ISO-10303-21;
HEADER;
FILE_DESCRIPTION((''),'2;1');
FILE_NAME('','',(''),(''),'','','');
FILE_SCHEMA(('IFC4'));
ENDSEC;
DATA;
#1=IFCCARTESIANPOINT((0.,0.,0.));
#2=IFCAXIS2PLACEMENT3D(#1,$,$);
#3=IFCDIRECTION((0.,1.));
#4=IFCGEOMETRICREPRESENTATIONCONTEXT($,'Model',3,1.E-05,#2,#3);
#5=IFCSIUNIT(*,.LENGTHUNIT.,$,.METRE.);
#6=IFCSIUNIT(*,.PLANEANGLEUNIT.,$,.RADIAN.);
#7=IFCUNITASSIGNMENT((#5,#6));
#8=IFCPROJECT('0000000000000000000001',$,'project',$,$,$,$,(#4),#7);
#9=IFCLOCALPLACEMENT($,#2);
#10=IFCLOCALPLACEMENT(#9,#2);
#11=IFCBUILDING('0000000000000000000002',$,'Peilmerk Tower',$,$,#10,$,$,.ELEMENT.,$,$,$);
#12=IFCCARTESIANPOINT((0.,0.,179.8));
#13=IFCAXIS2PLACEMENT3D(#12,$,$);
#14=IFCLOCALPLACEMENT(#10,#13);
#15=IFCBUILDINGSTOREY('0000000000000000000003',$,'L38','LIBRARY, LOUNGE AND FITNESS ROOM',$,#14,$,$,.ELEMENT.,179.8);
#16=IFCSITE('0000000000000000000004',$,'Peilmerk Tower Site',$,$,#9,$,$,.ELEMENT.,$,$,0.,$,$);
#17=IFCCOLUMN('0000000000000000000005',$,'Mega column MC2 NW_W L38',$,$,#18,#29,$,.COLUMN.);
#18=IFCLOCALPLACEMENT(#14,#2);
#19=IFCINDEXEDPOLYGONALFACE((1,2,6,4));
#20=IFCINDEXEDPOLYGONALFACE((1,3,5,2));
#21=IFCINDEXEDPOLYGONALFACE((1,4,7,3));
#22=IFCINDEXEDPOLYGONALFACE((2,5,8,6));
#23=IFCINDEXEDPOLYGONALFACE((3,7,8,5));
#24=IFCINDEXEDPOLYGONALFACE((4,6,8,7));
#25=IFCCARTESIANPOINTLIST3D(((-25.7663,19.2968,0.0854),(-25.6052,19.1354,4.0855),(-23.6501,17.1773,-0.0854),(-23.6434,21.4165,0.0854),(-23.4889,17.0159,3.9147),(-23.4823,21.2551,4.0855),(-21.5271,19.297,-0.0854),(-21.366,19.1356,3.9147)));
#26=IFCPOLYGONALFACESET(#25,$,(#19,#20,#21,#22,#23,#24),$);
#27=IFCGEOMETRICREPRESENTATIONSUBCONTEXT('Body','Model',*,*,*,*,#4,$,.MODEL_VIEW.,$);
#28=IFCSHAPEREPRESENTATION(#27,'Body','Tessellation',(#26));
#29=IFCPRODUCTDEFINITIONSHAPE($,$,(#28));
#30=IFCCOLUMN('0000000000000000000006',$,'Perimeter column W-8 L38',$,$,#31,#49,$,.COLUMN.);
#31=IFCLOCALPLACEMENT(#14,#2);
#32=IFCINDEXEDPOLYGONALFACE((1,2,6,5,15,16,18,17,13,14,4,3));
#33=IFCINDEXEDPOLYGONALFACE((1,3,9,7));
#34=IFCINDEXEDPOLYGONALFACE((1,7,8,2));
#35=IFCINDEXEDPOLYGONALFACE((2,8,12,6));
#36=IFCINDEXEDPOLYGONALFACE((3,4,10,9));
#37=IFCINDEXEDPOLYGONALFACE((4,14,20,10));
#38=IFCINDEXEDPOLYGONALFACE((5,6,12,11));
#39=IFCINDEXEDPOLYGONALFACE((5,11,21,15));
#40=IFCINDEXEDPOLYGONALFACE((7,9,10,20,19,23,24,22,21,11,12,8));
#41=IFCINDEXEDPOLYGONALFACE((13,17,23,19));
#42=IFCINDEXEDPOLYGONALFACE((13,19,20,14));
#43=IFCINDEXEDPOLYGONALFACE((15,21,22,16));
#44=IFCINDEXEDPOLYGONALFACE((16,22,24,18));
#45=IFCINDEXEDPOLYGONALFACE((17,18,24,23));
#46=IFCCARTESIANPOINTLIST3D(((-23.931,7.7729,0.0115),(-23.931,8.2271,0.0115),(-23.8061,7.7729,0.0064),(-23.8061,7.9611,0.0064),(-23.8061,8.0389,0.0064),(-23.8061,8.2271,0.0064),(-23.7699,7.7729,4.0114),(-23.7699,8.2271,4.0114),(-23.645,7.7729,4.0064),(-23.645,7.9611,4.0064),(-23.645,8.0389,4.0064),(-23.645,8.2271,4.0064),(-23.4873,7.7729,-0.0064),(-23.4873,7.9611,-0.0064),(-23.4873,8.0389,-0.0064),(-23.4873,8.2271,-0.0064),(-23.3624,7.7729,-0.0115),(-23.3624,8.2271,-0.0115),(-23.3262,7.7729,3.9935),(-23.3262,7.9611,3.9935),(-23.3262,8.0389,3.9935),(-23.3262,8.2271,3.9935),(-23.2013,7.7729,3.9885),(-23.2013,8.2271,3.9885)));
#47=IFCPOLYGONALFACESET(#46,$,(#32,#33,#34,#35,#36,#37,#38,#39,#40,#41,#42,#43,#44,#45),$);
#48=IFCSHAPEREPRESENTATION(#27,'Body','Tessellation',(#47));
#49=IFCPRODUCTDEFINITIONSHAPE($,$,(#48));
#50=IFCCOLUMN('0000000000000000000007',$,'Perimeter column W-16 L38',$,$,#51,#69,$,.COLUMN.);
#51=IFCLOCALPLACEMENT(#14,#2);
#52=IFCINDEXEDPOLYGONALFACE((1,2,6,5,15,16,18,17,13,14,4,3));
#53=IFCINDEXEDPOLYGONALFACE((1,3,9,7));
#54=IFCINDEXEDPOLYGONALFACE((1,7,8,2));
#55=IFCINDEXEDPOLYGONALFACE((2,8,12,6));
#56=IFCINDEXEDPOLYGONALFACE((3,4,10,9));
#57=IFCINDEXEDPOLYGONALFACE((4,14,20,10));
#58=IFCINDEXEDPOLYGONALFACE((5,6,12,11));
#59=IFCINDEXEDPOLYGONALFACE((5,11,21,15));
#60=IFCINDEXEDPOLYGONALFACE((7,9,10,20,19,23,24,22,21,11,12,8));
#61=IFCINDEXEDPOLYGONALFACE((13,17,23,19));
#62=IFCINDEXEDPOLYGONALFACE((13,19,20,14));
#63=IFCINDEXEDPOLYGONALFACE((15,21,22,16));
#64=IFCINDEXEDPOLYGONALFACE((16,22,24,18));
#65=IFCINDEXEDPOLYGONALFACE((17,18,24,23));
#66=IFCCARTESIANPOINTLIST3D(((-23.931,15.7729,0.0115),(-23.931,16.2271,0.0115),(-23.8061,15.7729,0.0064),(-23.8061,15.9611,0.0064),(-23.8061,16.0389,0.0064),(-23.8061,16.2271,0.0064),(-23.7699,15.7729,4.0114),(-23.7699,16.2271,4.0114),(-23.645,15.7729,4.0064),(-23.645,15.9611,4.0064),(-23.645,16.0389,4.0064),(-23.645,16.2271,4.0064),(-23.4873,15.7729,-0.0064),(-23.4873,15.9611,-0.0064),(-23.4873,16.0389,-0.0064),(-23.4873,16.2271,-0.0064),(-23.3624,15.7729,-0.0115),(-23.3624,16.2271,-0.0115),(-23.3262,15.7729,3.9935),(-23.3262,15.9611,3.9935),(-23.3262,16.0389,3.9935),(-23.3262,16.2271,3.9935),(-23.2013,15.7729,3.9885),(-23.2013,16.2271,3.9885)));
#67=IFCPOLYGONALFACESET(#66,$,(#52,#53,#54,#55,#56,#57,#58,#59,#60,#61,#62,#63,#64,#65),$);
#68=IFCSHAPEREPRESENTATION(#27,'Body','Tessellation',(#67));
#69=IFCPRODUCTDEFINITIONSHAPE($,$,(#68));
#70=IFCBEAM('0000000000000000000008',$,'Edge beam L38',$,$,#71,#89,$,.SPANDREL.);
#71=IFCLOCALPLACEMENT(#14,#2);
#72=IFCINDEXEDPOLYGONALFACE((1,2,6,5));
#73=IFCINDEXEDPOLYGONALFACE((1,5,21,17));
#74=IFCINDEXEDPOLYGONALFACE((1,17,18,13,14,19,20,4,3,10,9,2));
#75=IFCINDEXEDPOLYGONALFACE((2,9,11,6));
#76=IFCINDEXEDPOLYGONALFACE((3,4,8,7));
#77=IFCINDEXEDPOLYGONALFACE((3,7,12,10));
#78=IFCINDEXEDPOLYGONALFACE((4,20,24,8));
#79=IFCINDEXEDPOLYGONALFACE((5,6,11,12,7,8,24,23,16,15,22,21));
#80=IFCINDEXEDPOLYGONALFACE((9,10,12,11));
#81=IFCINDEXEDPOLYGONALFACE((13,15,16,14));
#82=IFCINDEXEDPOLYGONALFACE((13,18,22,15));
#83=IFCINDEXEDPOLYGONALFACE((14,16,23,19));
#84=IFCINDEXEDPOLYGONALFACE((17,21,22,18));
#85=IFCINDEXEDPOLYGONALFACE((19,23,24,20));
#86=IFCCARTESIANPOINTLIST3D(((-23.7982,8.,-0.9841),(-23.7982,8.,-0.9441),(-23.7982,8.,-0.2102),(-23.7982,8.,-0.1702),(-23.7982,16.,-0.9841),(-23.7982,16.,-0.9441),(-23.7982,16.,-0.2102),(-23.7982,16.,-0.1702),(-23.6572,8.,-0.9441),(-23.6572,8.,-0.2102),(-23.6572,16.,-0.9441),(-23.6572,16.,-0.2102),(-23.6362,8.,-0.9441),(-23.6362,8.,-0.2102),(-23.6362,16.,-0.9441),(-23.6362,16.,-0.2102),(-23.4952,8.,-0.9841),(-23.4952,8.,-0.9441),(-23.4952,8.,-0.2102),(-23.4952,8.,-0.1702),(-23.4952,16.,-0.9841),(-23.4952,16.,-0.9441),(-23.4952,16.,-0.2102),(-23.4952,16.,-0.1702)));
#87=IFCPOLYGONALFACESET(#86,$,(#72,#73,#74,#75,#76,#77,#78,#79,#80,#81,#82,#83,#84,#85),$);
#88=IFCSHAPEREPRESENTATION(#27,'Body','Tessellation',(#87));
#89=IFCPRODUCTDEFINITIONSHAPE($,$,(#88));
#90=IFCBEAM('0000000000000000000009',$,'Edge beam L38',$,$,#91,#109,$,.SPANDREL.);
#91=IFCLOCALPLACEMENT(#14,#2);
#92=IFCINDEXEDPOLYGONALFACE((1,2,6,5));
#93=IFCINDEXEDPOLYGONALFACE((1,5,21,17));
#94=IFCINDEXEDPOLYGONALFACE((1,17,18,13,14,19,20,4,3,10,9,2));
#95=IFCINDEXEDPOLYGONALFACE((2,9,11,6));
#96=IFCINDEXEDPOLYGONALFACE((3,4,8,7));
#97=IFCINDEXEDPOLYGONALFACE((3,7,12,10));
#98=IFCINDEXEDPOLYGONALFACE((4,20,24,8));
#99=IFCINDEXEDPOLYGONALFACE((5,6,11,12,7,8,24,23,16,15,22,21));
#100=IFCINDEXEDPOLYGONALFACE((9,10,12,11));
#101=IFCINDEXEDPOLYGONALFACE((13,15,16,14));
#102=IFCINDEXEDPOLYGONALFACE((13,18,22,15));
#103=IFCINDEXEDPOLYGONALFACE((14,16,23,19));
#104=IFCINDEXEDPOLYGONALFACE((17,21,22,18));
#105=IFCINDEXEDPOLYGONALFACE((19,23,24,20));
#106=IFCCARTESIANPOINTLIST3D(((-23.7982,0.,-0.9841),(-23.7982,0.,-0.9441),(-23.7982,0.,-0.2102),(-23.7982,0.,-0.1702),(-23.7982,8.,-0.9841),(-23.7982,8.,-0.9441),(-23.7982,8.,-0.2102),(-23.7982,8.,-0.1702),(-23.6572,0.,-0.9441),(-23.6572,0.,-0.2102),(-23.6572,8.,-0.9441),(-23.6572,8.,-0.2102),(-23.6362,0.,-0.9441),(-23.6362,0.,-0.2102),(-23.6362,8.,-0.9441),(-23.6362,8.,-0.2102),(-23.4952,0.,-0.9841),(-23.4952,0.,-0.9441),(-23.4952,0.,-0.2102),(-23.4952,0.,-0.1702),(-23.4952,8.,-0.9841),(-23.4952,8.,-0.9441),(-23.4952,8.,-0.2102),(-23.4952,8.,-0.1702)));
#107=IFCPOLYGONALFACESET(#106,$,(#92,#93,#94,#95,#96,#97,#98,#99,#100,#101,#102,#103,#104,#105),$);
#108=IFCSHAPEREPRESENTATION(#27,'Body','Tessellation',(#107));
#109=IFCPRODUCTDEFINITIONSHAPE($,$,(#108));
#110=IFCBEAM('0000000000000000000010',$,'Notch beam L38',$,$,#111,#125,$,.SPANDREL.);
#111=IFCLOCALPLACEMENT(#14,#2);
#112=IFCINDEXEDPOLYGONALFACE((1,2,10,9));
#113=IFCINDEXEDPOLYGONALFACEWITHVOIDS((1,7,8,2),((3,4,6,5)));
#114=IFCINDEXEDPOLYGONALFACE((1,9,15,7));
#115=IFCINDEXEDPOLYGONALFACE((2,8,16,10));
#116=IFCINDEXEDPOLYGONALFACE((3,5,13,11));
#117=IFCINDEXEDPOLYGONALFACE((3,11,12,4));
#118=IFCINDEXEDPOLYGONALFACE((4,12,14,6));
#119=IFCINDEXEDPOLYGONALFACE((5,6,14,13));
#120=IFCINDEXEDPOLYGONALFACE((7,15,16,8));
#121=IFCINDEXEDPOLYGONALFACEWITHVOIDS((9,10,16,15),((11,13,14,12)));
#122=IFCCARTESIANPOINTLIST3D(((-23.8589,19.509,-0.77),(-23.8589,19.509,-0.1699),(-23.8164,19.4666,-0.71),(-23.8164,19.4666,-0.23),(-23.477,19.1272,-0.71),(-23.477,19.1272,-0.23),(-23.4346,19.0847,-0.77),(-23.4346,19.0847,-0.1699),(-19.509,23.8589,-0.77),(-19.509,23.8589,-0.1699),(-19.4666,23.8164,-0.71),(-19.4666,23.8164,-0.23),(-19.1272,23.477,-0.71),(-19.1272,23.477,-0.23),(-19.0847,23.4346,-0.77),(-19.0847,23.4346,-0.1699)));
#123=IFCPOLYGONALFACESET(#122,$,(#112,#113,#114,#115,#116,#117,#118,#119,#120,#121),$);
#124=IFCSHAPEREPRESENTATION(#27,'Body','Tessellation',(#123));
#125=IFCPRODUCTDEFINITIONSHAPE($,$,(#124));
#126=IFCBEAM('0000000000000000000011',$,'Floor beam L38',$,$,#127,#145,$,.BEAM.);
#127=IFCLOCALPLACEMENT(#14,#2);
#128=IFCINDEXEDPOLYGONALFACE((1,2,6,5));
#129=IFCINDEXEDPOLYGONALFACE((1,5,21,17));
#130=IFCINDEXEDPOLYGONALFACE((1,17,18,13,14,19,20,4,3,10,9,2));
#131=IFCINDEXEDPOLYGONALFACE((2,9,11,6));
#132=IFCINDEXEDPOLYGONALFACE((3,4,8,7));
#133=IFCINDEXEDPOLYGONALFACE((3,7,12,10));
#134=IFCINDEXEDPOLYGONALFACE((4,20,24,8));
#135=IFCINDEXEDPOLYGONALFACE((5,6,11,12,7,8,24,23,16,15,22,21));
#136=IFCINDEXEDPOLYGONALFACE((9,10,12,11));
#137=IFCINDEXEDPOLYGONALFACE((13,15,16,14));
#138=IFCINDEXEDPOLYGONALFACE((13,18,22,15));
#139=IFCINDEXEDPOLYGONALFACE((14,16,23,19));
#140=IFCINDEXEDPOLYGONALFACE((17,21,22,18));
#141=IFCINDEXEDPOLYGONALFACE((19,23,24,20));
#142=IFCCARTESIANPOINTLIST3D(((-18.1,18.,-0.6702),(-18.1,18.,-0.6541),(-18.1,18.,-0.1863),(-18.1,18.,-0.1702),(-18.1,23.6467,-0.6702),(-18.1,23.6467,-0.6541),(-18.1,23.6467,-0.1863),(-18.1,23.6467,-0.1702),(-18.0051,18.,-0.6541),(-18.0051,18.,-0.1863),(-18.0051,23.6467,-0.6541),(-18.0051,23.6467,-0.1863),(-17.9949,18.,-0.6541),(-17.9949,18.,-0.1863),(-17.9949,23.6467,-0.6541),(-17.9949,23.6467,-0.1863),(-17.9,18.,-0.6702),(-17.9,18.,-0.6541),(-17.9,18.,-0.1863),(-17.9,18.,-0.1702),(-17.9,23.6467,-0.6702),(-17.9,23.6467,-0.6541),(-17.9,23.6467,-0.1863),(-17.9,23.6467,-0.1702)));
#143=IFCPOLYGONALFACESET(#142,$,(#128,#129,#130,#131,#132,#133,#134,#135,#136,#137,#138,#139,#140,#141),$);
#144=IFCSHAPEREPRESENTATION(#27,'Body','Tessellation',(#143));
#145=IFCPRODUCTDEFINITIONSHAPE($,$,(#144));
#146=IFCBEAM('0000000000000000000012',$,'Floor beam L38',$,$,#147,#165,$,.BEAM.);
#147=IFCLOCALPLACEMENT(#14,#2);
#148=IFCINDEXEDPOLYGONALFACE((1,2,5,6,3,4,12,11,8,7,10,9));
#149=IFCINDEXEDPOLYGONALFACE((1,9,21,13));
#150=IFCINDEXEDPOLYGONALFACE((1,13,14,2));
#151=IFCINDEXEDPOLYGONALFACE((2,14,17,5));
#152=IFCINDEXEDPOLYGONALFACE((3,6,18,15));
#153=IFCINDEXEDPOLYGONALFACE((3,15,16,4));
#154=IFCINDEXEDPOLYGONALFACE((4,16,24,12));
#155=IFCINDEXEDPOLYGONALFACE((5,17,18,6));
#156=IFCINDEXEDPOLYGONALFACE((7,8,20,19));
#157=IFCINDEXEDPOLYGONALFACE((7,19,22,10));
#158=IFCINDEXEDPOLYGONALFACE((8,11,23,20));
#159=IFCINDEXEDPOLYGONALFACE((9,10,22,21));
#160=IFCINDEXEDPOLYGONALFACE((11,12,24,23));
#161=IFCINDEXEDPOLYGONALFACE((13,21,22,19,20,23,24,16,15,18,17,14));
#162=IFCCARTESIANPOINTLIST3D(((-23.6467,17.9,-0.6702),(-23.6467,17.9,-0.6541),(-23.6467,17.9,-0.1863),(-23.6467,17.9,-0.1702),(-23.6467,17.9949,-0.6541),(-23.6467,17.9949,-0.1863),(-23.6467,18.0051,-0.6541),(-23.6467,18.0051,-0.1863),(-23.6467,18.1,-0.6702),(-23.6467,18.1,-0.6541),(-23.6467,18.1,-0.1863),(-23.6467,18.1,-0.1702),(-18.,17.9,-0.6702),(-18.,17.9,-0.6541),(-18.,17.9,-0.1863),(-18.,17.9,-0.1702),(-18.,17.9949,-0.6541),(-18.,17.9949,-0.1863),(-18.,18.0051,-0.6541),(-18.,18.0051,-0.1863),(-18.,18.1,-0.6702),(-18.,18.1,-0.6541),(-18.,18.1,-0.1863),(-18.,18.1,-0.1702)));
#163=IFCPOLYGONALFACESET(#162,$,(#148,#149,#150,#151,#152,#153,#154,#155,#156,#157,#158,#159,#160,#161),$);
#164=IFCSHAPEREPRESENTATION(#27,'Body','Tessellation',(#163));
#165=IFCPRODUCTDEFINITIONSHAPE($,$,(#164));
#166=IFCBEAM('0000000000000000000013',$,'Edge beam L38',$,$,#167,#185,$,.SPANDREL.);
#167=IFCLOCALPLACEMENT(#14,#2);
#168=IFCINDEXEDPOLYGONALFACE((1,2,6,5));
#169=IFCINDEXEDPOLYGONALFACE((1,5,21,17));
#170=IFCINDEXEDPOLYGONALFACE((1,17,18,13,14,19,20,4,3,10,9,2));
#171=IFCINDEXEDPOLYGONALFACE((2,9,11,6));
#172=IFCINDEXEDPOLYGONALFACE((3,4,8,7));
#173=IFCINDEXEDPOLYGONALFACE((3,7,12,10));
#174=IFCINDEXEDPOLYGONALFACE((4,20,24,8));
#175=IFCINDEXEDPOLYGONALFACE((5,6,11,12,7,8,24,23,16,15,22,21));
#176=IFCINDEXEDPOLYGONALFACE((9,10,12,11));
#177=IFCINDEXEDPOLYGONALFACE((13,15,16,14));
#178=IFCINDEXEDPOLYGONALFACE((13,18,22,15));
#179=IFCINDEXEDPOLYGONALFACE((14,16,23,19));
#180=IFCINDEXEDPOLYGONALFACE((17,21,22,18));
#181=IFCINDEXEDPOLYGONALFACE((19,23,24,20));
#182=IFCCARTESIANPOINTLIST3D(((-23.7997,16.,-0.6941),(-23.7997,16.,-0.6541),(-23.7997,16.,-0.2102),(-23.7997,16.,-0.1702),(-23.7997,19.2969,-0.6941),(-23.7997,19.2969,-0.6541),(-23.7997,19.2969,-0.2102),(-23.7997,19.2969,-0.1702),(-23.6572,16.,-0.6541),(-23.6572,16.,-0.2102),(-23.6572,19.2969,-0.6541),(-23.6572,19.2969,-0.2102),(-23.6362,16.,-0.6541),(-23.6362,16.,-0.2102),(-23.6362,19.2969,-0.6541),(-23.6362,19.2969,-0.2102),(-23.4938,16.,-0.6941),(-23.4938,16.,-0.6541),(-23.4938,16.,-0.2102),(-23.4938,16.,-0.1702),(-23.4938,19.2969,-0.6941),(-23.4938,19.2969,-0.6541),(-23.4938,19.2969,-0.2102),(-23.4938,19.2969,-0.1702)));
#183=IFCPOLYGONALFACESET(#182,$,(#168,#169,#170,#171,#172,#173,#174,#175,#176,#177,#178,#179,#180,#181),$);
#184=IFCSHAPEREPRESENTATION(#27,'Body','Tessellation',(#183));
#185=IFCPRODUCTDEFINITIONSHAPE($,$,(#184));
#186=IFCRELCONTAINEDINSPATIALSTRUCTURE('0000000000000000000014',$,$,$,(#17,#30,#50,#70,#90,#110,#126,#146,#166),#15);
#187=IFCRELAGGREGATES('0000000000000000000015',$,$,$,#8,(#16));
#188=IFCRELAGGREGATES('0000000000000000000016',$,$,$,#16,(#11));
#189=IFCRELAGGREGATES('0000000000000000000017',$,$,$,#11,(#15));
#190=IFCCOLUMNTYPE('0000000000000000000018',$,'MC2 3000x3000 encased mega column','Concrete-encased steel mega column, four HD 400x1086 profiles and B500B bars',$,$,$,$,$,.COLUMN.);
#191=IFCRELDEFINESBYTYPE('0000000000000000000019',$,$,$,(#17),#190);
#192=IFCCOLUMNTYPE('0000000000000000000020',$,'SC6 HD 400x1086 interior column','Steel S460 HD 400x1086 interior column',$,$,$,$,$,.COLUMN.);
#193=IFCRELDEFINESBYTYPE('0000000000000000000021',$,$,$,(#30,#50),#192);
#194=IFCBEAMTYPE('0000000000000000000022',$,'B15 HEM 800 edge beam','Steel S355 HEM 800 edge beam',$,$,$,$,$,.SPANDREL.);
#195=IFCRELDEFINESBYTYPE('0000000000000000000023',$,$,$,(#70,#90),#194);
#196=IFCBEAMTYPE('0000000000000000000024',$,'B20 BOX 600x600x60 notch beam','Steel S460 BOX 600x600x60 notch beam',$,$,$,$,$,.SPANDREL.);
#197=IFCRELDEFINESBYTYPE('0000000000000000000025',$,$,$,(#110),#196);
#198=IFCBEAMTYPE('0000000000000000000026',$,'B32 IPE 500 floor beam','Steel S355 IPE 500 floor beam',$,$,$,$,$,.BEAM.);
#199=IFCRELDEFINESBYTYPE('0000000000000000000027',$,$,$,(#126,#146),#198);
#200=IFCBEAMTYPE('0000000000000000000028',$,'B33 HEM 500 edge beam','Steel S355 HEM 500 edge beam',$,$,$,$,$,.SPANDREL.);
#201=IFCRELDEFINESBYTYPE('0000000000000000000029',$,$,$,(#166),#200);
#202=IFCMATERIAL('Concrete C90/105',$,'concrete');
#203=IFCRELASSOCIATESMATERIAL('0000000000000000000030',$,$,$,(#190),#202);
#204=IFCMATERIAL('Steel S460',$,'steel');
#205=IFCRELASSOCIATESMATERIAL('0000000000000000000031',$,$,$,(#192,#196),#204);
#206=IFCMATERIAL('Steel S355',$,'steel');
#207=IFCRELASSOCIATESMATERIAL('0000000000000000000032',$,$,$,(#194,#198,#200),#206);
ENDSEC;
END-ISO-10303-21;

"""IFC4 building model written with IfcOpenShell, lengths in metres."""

from ifc_helpers import new_model, si_unit, direction, frame, origin, origin_2d, place, context, subcontext, project, spatial, rectangle, hollow_rectangle, i_section, extrude, material, material_profile, profile_set, type_object, element, save


model = new_model("IFC4")

# Units and contexts
model_context = context("Model", 3, precision=1e-05, world=origin(), true_north=direction((0.0, 1.0)))
body_context = subcontext(model_context, "Body", "Model", "MODEL_VIEW")
ifc_project = project(units=[si_unit("LENGTHUNIT", "METRE"), si_unit("PLANEANGLEUNIT", "RADIAN")], contexts=[model_context])

# Site, building, storey
site_placement = place(None, origin())
site = spatial("IfcSite", under=ifc_project, at=site_placement, Name="Peilmerk Tower Site", CompositionType="ELEMENT", RefElevation=0.0)
building_placement = place(site_placement, origin())
building = spatial("IfcBuilding", under=site, at=building_placement, Name="Peilmerk Tower", CompositionType="ELEMENT")
storey_placement = place(building_placement, frame((0.0, 0.0, 179.8)))
storey = spatial("IfcBuildingStorey", under=building, at=storey_placement, Name="L38", Description="LIBRARY, LOUNGE AND FITNESS ROOM", CompositionType="ELEMENT", Elevation=179.8)

# Columns
ifc_material_1 = material(Name="Concrete C90/105", Category="concrete")
ifc_material_profile_1 = material_profile(ifc_material_1, rectangle(XDim=3.0, YDim=3.0, at=origin_2d()), Name="RC 3000x3000")
ifc_profile_set_1 = profile_set([ifc_material_profile_1], Name="Concrete C90/105")
column_type_1 = type_object("IfcColumnType", Name="MC2 3000x3000 encased mega column", Description="Concrete-encased steel mega column, four HD 400x1086 profiles and B500B bars", PredefinedType="COLUMN", material=ifc_profile_set_1)
column_placement = place(storey_placement, frame((-23.6467, 19.2969, 0.0), z_axis=(0.040218, -0.040279, 0.998379), x_axis=(0.707642, 0.706571, 0.0)))
element("IfcColumn", 1, at=column_placement, inside=storey, type_object=column_type_1, Name="Mega column MC2 NW_W L38", PredefinedType="COLUMN", context=body_context, shape_type="SweptSolid", body=[
    extrude(rectangle(XDim=3.0, YDim=3.0, at=origin_2d()), origin(), (0.0, 0.0, 1.0), 4.0066),
])
ifc_material_2 = material(Name="Steel S460", Category="steel")
ifc_material_profile_2 = material_profile(ifc_material_2, i_section(OverallWidth=0.4541, OverallDepth=0.5691, WebThickness=0.0779, FlangeThickness=0.125, at=origin_2d()), Name="HD 400x1086")
ifc_profile_set_2 = profile_set([ifc_material_profile_2], Name="Steel S460")
column_type_2 = type_object("IfcColumnType", Name="SC6 HD 400x1086 interior column", Description="Steel S460 HD 400x1086 interior column", PredefinedType="COLUMN", material=ifc_profile_set_2)
for number, where, z_axis, x_axis, name in (
    (2, (-23.6467, 8.0, 0.0), (0.040251, 0.0, 0.99919), (0.0, 1.0, 0.0), "Perimeter column W-8 L38"),
    (3, (-23.6467, 16.0, 0.0), (0.040251, 0.0, 0.99919), (0.0, 1.0, 0.0), "Perimeter column W-16 L38"),
):
    element("IfcColumn", number, at=place(storey_placement, frame(where, z_axis=z_axis, x_axis=x_axis)), inside=storey, type_object=column_type_2, Name=name, PredefinedType="COLUMN", context=body_context, shape_type="SweptSolid", body=[
        extrude(i_section(OverallWidth=0.4541, OverallDepth=0.5691, WebThickness=0.0779, FlangeThickness=0.125, at=origin_2d()), origin(), (0.0, 0.0, 1.0), 4.0032),
    ])

# Beams
ifc_material_3 = material(Name="Steel S355", Category="steel")
ifc_material_profile_3 = material_profile(ifc_material_3, i_section(OverallWidth=0.303, OverallDepth=0.814, WebThickness=0.021, FlangeThickness=0.04, at=origin_2d()), Name="HEM 800")
ifc_profile_set_3 = profile_set([ifc_material_profile_3], Name="Steel S355")
beam_type_1 = type_object("IfcBeamType", Name="B15 HEM 800 edge beam", Description="Steel S355 HEM 800 edge beam", PredefinedType="SPANDREL", material=ifc_profile_set_3)
for number, where, z_axis, x_axis, name in (
    (4, (-23.6467, 16.0, -0.5771), (0.0, -1.0, 0.0), (1.0, 0.0, 0.0), "Edge beam L38"),
    (5, (-23.6467, 8.0, -0.5771), (0.0, -1.0, 0.0), (1.0, 0.0, 0.0), "Edge beam L38"),
):
    element("IfcBeam", number, at=place(storey_placement, frame(where, z_axis=z_axis, x_axis=x_axis)), inside=storey, type_object=beam_type_1, Name=name, PredefinedType="SPANDREL", context=body_context, shape_type="SweptSolid", body=[
        extrude(i_section(OverallWidth=0.303, OverallDepth=0.814, WebThickness=0.021, FlangeThickness=0.04, at=origin_2d()), origin(), (0.0, 0.0, 1.0), 8.0),
    ])
ifc_material_profile_4 = material_profile(ifc_material_2, hollow_rectangle(XDim=0.6001, YDim=0.6001, WallThickness=0.0601, at=origin_2d()), Name="BOX 600x600x60")
ifc_profile_set_4 = profile_set([ifc_material_profile_4], Name="Steel S460")
beam_type_2 = type_object("IfcBeamType", Name="B20 BOX 600x600x60 notch beam", Description="Steel S460 BOX 600x600x60 notch beam", PredefinedType="SPANDREL", material=ifc_profile_set_4)
beam_1_placement = place(storey_placement, frame((-23.6467, 19.2969, -0.47), z_axis=(0.707107, 0.707107, 0.0), x_axis=(-0.707107, 0.707107, 0.0)))
element("IfcBeam", 6, at=beam_1_placement, inside=storey, type_object=beam_type_2, Name="Notch beam L38", PredefinedType="SPANDREL", context=body_context, shape_type="SweptSolid", body=[
    extrude(hollow_rectangle(XDim=0.6001, YDim=0.6001, WallThickness=0.0601, at=origin_2d()), origin(), (0.0, 0.0, 1.0), 6.1516),
])
ifc_material_profile_5 = material_profile(ifc_material_3, i_section(OverallWidth=0.2, OverallDepth=0.5, WebThickness=0.0103, FlangeThickness=0.0161, at=origin_2d()), Name="IPE 500")
ifc_profile_set_5 = profile_set([ifc_material_profile_5], Name="Steel S355")
beam_type_3 = type_object("IfcBeamType", Name="B32 IPE 500 floor beam", Description="Steel S355 IPE 500 floor beam", PredefinedType="BEAM", material=ifc_profile_set_5)
for number, where, z_axis, x_axis, name in (
    (7, (-18.0, 18.0, -0.4202), (0.0, 1.0, 0.0), (-1.0, 0.0, 0.0), "Floor beam L38"),
    (8, (-18.0, 18.0, -0.4202), (-1.0, 0.0, 0.0), (0.0, -1.0, 0.0), "Floor beam L38"),
):
    element("IfcBeam", number, at=place(storey_placement, frame(where, z_axis=z_axis, x_axis=x_axis)), inside=storey, type_object=beam_type_3, Name=name, PredefinedType="BEAM", context=body_context, shape_type="SweptSolid", body=[
        extrude(i_section(OverallWidth=0.2, OverallDepth=0.5, WebThickness=0.0103, FlangeThickness=0.0161, at=origin_2d()), origin(), (0.0, 0.0, 1.0), 5.6467),
    ])
ifc_material_profile_6 = material_profile(ifc_material_3, i_section(OverallWidth=0.3059, OverallDepth=0.5239, WebThickness=0.021, FlangeThickness=0.04, at=origin_2d()), Name="HEM 500")
ifc_profile_set_6 = profile_set([ifc_material_profile_6], Name="Steel S355")
beam_type_4 = type_object("IfcBeamType", Name="B33 HEM 500 edge beam", Description="Steel S355 HEM 500 edge beam", PredefinedType="SPANDREL", material=ifc_profile_set_6)
beam_2_placement = place(storey_placement, frame((-23.6467, 19.2969, -0.4321), z_axis=(0.0, -1.0, 0.0), x_axis=(1.0, 0.0, 0.0)))
element("IfcBeam", 9, at=beam_2_placement, inside=storey, type_object=beam_type_4, Name="Edge beam L38", PredefinedType="SPANDREL", context=body_context, shape_type="SweptSolid", body=[
    extrude(i_section(OverallWidth=0.3059, OverallDepth=0.5239, WebThickness=0.021, FlangeThickness=0.04, at=origin_2d()), origin(), (0.0, 0.0, 1.0), 3.2969),
])

save(model, "model.ifc")
